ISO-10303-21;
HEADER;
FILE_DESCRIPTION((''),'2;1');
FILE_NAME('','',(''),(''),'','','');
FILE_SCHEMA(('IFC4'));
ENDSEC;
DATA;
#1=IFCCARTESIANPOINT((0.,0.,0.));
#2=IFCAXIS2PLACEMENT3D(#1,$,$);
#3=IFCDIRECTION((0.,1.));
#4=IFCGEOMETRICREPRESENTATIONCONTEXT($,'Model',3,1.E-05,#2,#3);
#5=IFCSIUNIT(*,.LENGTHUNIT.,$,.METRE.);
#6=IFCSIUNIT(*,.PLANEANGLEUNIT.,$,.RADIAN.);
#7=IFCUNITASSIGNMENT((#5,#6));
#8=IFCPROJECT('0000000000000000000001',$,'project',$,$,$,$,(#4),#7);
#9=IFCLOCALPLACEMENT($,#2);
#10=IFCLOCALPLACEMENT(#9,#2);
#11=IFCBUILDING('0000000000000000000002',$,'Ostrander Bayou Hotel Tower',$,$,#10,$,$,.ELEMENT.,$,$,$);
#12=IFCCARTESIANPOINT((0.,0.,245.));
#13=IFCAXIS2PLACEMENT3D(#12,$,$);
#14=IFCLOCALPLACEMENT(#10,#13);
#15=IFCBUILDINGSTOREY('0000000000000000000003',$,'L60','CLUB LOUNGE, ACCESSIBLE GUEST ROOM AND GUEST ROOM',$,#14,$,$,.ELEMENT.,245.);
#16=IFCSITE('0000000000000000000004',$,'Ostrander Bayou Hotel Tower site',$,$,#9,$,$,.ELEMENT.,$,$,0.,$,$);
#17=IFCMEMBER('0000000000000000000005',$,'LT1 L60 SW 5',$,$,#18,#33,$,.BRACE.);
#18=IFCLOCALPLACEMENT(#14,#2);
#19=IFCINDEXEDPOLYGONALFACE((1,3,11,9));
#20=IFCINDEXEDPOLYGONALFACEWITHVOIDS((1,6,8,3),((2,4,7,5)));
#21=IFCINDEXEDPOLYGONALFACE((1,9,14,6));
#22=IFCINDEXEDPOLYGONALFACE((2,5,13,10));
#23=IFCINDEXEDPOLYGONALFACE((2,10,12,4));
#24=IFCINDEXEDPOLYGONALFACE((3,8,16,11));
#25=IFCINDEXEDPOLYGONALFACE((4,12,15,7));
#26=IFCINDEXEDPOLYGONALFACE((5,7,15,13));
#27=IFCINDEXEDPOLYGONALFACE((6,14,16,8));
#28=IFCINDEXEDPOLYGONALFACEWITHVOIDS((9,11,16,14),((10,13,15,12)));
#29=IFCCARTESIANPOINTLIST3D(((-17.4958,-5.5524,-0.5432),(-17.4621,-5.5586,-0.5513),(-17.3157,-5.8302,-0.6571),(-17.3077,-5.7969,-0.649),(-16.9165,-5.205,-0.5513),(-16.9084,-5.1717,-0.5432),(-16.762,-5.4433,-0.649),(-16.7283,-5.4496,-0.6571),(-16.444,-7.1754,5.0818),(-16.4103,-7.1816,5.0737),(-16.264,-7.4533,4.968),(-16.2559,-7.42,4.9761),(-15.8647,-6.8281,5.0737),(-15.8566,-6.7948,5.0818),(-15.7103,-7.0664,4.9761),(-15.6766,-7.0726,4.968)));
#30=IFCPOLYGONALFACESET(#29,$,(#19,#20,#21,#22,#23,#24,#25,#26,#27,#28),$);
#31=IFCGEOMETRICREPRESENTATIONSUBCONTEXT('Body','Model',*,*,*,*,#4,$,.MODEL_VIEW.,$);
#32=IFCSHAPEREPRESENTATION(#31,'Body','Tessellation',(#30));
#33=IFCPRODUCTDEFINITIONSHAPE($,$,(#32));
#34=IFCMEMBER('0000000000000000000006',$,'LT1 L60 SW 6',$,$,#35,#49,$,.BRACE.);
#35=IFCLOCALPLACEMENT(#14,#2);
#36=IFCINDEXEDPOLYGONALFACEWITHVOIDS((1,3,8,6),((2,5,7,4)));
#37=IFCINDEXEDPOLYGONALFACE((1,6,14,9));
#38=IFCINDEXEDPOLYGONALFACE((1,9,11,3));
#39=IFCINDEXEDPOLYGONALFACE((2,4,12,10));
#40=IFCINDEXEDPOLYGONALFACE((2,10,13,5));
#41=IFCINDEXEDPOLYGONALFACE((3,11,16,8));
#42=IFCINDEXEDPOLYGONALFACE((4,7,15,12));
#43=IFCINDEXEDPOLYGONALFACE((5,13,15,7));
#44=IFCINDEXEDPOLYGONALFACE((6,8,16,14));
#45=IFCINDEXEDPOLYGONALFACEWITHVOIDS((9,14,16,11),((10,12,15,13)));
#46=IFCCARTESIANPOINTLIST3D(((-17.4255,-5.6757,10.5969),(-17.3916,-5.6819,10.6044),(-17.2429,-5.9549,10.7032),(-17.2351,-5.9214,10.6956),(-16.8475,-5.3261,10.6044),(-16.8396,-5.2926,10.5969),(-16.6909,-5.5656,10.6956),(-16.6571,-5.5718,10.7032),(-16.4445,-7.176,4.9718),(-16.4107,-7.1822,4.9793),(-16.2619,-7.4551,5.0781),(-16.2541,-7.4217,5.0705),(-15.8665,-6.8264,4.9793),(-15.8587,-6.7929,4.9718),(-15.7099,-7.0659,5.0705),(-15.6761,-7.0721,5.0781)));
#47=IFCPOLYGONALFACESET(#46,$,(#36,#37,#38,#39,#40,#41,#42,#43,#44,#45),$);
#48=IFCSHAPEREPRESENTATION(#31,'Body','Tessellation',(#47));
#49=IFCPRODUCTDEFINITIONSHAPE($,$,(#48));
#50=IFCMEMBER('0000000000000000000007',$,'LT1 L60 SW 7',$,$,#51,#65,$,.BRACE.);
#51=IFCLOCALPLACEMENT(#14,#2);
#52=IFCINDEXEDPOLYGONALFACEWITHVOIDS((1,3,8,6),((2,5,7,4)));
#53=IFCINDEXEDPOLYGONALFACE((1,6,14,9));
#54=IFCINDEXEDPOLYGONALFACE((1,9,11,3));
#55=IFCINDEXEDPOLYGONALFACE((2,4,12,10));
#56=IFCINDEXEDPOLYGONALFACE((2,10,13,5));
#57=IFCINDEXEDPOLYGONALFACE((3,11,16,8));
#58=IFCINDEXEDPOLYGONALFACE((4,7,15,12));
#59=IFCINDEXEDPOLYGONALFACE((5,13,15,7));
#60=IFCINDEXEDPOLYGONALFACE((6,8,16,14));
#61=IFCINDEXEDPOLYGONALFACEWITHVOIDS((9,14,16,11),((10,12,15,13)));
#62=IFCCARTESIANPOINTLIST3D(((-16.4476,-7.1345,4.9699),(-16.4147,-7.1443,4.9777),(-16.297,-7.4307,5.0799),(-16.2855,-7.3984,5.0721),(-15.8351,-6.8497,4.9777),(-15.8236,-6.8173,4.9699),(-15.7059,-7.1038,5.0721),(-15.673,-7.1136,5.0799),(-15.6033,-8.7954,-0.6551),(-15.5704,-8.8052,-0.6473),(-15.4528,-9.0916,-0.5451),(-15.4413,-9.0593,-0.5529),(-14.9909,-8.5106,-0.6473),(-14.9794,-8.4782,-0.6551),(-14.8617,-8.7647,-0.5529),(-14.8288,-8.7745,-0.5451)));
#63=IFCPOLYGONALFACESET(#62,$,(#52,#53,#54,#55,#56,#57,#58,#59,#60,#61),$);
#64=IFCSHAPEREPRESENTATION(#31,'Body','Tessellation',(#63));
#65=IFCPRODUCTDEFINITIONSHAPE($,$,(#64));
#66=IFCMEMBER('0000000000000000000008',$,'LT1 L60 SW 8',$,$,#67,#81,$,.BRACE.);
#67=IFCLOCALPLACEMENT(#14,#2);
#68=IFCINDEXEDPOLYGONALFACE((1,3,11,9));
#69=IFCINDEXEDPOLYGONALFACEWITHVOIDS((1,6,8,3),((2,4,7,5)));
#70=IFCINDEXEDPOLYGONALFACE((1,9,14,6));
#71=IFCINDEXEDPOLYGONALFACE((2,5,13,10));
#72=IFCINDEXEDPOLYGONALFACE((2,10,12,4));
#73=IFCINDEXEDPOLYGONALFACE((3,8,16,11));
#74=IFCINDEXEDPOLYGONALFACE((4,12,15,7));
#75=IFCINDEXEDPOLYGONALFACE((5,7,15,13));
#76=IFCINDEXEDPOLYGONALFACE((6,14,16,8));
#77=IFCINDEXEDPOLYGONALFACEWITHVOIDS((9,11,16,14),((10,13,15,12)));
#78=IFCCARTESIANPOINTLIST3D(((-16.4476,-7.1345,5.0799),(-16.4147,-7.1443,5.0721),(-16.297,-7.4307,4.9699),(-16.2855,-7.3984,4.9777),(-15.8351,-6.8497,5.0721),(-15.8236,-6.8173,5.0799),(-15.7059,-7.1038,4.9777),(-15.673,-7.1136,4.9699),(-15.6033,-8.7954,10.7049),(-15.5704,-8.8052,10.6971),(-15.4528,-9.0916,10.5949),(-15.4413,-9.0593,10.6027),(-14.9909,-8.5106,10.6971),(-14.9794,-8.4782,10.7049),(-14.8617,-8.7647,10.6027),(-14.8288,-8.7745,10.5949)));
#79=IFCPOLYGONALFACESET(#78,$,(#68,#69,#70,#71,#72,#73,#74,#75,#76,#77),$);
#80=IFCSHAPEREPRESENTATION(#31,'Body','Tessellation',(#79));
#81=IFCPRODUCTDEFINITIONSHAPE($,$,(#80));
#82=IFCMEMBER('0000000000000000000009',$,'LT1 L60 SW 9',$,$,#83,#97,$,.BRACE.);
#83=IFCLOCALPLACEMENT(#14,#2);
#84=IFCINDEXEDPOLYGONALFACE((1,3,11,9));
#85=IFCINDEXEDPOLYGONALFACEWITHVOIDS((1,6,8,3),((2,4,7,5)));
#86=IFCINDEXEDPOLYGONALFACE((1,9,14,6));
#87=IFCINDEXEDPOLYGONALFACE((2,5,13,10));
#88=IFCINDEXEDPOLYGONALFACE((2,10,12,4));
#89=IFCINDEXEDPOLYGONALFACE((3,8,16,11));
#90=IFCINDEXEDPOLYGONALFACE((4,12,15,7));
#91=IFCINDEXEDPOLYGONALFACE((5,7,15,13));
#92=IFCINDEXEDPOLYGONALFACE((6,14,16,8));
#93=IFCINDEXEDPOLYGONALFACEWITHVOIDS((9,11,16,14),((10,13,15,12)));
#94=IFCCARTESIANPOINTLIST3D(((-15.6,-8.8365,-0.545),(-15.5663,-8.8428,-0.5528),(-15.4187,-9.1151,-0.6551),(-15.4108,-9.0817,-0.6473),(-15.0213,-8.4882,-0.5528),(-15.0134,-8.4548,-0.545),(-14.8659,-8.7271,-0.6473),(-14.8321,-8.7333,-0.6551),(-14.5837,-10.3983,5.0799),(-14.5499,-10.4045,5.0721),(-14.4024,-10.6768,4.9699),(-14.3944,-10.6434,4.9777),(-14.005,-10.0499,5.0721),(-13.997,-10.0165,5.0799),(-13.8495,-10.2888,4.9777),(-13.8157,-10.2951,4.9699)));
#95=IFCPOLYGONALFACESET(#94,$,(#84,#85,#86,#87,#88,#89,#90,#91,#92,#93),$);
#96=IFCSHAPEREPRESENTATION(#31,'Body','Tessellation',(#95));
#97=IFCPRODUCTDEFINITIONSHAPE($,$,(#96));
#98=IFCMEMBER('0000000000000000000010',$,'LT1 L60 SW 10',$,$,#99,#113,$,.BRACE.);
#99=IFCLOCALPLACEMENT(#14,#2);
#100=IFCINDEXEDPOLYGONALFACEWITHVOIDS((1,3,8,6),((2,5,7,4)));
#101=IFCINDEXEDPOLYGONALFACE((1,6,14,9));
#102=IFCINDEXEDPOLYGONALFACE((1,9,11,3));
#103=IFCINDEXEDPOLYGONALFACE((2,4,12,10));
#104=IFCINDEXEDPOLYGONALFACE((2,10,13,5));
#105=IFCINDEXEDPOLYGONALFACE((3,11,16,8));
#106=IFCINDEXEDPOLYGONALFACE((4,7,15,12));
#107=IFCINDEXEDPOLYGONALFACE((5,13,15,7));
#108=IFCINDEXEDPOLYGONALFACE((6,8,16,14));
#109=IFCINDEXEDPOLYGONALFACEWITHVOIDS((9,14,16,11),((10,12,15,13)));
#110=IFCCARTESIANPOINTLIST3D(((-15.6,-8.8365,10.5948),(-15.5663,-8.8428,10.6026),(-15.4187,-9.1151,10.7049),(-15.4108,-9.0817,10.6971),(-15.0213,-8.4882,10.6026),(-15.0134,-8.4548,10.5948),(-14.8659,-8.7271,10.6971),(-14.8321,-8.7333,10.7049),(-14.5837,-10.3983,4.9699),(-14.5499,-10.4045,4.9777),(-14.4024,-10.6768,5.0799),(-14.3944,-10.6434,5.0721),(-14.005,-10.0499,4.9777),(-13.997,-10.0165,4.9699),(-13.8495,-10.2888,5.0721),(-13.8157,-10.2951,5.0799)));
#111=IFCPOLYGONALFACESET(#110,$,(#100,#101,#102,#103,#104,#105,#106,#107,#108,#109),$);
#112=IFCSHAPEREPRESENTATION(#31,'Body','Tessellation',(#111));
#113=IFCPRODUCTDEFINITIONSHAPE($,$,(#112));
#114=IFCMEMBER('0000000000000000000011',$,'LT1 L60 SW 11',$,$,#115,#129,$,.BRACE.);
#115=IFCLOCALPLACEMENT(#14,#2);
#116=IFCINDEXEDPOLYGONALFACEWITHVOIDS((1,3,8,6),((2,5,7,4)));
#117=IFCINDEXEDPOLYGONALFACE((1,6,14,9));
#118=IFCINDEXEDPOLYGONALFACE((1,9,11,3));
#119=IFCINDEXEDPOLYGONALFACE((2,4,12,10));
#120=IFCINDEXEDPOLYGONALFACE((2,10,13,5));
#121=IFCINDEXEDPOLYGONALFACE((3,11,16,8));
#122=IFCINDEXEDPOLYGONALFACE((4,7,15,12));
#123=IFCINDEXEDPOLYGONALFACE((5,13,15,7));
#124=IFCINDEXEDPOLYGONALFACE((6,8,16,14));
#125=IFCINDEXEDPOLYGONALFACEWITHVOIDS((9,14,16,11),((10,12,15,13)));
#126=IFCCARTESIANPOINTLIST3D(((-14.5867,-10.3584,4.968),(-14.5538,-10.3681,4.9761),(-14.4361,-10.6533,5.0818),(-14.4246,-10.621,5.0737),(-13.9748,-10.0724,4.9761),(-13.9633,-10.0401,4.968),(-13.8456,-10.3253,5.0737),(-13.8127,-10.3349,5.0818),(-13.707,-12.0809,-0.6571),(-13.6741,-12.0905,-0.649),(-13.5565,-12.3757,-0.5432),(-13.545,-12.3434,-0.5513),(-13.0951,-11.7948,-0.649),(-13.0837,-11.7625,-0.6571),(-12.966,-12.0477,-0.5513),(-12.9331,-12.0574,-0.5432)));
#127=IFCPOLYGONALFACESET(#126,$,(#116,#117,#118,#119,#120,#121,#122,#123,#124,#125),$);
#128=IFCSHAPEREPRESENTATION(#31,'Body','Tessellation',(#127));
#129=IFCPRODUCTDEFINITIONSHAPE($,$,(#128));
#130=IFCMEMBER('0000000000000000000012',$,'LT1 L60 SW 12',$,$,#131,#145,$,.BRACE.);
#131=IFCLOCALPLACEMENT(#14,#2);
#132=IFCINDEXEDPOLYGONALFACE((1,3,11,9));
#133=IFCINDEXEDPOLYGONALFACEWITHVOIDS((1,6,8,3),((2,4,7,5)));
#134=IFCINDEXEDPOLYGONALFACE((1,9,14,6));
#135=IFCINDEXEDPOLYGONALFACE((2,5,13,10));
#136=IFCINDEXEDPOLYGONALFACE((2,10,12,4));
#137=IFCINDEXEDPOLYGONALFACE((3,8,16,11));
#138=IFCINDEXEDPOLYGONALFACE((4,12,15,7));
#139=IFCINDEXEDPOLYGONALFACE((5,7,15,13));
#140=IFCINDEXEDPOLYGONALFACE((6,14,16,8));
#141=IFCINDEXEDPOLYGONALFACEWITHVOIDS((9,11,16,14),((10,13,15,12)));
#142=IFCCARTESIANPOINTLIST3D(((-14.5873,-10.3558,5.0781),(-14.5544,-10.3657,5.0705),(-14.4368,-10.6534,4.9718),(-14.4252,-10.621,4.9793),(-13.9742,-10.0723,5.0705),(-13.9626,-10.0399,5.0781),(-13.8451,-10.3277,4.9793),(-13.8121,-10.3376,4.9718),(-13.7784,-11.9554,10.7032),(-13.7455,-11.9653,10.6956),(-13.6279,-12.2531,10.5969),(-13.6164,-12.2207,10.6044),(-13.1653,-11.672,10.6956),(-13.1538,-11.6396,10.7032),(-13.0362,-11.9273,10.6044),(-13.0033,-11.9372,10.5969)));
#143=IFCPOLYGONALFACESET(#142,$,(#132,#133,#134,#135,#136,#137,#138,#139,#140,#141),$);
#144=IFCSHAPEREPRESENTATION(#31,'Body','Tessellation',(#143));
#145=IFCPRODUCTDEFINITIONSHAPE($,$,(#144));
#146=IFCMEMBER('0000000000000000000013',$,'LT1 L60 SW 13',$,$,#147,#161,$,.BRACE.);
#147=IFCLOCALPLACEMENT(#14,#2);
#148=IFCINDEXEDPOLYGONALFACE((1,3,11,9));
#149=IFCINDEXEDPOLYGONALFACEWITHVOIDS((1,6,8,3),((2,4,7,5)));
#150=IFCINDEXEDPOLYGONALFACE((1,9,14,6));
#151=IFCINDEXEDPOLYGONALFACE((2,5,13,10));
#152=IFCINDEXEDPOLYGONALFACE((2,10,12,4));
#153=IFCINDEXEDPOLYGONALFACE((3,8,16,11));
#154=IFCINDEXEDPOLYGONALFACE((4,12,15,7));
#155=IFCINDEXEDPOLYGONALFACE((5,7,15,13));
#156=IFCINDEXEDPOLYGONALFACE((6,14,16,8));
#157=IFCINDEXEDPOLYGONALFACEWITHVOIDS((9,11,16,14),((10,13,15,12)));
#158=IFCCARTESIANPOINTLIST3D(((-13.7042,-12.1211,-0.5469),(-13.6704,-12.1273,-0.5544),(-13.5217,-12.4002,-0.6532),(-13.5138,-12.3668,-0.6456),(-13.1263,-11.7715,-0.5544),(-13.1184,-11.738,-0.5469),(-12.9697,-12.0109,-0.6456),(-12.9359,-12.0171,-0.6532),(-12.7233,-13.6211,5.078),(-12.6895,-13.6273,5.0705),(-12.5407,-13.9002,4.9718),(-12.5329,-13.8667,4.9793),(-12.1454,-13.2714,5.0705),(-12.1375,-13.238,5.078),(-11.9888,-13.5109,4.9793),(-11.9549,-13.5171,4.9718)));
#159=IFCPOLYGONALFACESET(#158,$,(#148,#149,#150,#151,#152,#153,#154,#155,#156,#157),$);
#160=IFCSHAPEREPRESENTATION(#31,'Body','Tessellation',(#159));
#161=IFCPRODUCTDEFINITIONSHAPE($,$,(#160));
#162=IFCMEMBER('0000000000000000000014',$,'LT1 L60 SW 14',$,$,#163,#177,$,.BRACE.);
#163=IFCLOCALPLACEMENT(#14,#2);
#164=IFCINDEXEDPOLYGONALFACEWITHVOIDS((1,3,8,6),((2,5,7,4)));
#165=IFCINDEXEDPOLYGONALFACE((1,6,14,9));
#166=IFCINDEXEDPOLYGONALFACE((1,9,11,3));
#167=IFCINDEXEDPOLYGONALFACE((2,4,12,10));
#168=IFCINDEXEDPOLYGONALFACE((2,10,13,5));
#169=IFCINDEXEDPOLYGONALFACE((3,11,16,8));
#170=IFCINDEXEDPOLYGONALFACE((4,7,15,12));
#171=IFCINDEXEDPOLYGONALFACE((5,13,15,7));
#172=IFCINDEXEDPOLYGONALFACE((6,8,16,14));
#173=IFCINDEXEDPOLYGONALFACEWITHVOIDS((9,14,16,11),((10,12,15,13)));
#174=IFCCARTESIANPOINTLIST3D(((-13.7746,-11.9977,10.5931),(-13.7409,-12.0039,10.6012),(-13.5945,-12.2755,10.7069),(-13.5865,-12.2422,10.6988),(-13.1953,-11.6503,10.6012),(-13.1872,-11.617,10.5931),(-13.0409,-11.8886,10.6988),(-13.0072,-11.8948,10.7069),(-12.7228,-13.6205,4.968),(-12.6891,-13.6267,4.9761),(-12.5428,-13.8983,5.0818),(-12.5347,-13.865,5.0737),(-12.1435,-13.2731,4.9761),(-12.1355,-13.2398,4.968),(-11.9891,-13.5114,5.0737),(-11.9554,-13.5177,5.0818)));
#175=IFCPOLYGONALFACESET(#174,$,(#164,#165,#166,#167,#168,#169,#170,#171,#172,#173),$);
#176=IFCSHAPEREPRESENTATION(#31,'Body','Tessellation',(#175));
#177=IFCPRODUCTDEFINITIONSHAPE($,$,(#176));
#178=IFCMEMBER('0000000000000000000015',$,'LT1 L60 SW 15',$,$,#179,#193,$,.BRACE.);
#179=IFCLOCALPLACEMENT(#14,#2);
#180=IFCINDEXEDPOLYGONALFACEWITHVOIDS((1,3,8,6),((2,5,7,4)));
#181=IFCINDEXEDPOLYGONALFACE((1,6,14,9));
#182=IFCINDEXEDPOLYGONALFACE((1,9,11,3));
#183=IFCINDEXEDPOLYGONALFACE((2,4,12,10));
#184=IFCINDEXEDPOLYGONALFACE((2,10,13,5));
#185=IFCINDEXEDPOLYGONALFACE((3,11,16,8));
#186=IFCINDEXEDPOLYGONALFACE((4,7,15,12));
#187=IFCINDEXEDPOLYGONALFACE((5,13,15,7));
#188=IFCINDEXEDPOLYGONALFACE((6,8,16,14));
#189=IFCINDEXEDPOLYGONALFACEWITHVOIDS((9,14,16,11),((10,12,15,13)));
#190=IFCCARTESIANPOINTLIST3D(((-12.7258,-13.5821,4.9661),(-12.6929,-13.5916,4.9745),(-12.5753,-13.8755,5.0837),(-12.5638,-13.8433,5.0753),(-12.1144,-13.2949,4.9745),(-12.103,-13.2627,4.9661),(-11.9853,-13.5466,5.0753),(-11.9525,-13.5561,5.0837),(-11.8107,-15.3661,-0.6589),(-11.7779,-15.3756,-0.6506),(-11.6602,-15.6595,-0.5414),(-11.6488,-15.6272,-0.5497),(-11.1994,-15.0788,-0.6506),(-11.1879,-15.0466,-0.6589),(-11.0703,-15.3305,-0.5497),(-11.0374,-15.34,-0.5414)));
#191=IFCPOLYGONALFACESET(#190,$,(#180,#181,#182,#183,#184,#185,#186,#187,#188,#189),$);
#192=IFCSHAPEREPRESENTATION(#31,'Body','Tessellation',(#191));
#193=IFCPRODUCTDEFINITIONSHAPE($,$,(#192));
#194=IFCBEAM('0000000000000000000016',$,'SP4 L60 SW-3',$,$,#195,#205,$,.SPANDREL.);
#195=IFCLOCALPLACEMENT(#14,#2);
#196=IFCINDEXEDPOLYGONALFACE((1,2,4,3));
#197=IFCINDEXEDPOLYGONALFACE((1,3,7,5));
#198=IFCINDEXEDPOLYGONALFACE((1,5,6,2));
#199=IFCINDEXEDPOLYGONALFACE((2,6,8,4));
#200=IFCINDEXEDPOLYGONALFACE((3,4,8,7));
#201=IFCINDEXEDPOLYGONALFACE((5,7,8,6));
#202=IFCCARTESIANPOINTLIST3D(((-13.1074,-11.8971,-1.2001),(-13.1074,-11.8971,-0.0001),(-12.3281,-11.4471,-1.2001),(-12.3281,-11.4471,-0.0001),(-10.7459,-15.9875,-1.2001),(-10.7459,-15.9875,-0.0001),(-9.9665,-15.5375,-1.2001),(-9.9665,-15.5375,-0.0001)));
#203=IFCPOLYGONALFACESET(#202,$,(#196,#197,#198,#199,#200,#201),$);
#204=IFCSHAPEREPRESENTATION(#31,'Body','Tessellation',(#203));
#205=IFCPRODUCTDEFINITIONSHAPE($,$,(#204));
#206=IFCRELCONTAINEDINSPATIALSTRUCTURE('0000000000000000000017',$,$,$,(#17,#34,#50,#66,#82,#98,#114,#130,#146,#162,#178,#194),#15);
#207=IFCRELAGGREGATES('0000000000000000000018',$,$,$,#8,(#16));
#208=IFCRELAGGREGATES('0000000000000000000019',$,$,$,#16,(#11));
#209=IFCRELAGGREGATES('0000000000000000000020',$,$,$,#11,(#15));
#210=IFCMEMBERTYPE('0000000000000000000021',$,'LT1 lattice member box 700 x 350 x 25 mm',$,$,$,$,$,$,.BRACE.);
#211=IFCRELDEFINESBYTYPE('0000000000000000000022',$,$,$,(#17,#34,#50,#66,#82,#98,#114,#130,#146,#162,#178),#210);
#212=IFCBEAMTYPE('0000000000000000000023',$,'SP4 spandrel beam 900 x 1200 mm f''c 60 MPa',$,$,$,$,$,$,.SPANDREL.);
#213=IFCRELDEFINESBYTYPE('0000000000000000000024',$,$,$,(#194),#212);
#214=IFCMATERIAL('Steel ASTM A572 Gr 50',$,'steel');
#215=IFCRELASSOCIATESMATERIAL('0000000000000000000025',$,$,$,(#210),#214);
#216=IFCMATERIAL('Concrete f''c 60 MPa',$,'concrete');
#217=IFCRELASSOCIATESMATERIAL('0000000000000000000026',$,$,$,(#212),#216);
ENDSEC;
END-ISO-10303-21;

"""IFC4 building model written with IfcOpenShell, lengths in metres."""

from ifc_helpers import new_model, si_unit, direction, frame, origin, origin_2d, place, context, subcontext, project, spatial, rectangle, hollow_rectangle, extrude, material, material_profile, profile_set, type_object, element, save


model = new_model("IFC4")

# Units and contexts
model_context = context("Model", 3, precision=1e-05, world=origin(), true_north=direction((0.0, 1.0)))
body_context = subcontext(model_context, "Body", "Model", "MODEL_VIEW")
ifc_project = project(units=[si_unit("LENGTHUNIT", "METRE"), si_unit("PLANEANGLEUNIT", "RADIAN")], contexts=[model_context])

# Site, building, storey
site_placement = place(None, origin())
site = spatial("IfcSite", under=ifc_project, at=site_placement, Name="Ostrander Bayou Hotel Tower site", CompositionType="ELEMENT", RefElevation=0.0)
building_placement = place(site_placement, origin())
building = spatial("IfcBuilding", under=site, at=building_placement, Name="Ostrander Bayou Hotel Tower", CompositionType="ELEMENT")
storey_placement = place(building_placement, frame((0.0, 0.0, 245.0)))
storey = spatial("IfcBuildingStorey", under=building, at=storey_placement, Name="L60", Description="CLUB LOUNGE, ACCESSIBLE GUEST ROOM AND GUEST ROOM", CompositionType="ELEMENT", Elevation=245.0)

# Members
ifc_material_1 = material(Name="Steel ASTM A572 Gr 50", Category="steel")
ifc_material_profile_1 = material_profile(ifc_material_1, hollow_rectangle(XDim=0.7, YDim=0.3501, WallThickness=0.0249, at=origin_2d()))
ifc_profile_set_1 = profile_set([ifc_material_profile_1], Name="Steel ASTM A572 Gr 50")
member_type_1 = type_object("IfcMemberType", Name="LT1 lattice member box 700 x 350 x 25 mm", PredefinedType="BRACE", material=ifc_profile_set_1)
member_1_placement = place(storey_placement, frame((-16.0603, -7.124, 5.0249), z_axis=(-0.176819, 0.272863, -0.945664), x_axis=(-0.839204, -0.543816, 0.0)))
element("IfcMember", 1, at=member_1_placement, inside=storey, type_object=member_type_1, Name="LT1 L60 SW 5", PredefinedType="BRACE", context=body_context, shape_type="SweptSolid", body=[
    extrude(hollow_rectangle(XDim=0.7, YDim=0.3501, WallThickness=0.0249, at=origin_2d()), origin(), (0.0, 0.0, 1.0), 5.9482),
])
member_2_placement = place(storey_placement, frame((-16.0603, -7.124, 5.0249), z_axis=(-0.16616, 0.254119, 0.952793), x_axis=(-0.836962, -0.54726, 0.0)))
element("IfcMember", 2, at=member_2_placement, inside=storey, type_object=member_type_1, Name="LT1 L60 SW 6", PredefinedType="BRACE", context=body_context, shape_type="SweptSolid", body=[
    extrude(hollow_rectangle(XDim=0.7, YDim=0.3501, WallThickness=0.0249, at=origin_2d()), origin(), (0.0, 0.0, 1.0), 5.9038),
])
for number, where, z_axis, x_axis, name in (
    (3, (-16.0603, -7.124, 5.0249), (0.142475, -0.280294, -0.949282), (0.891446, 0.453127, 0.0), "LT1 L60 SW 7"),
    (4, (-16.0603, -7.124, 5.0249), (0.142475, -0.280294, 0.949282), (0.891446, 0.453127, 0.0), "LT1 L60 SW 8"),
    (5, (-14.1997, -10.3467, 5.0249), (-0.17152, 0.263563, -0.949271), (-0.838147, -0.545444, 0.0), "LT1 L60 SW 9"),
    (6, (-14.1997, -10.3467, 5.0249), (-0.17152, 0.263563, 0.949271), (-0.838147, -0.545444, 0.0), "LT1 L60 SW 10"),
):
    element("IfcMember", number, at=place(storey_placement, frame(where, z_axis=z_axis, x_axis=x_axis)), inside=storey, type_object=member_type_1, Name=name, PredefinedType="BRACE", context=body_context, shape_type="SweptSolid", body=[
        extrude(hollow_rectangle(XDim=0.7, YDim=0.3501, WallThickness=0.0249, at=origin_2d()), origin(), (0.0, 0.0, 1.0), 5.9255),
    ])
member_3_placement = place(storey_placement, frame((-14.1997, -10.3467, 5.0249), z_axis=(0.147883, -0.289569, -0.945664), x_axis=(0.890582, 0.454822, 0.0)))
element("IfcMember", 7, at=member_3_placement, inside=storey, type_object=member_type_1, Name="LT1 L60 SW 11", PredefinedType="BRACE", context=body_context, shape_type="SweptSolid", body=[
    extrude(hollow_rectangle(XDim=0.7, YDim=0.3501, WallThickness=0.0249, at=origin_2d()), origin(), (0.0, 0.0, 1.0), 5.9482),
])
member_4_placement = place(storey_placement, frame((-14.1997, -10.3467, 5.0249), z_axis=(0.137005, -0.270951, 0.952793), x_axis=(0.892402, 0.451241, 0.0)))
element("IfcMember", 8, at=member_4_placement, inside=storey, type_object=member_type_1, Name="LT1 L60 SW 12", PredefinedType="BRACE", context=body_context, shape_type="SweptSolid", body=[
    extrude(hollow_rectangle(XDim=0.7, YDim=0.3501, WallThickness=0.0249, at=origin_2d()), origin(), (0.0, 0.0, 1.0), 5.9038),
])
member_5_placement = place(storey_placement, frame((-12.3391, -13.5691, 5.0249), z_axis=(-0.166162, 0.254081, -0.952803), x_axis=(-0.836922, -0.547323, 0.0)))
element("IfcMember", 9, at=member_5_placement, inside=storey, type_object=member_type_1, Name="LT1 L60 SW 13", PredefinedType="BRACE", context=body_context, shape_type="SweptSolid", body=[
    extrude(hollow_rectangle(XDim=0.7, YDim=0.3501, WallThickness=0.0249, at=origin_2d()), origin(), (0.0, 0.0, 1.0), 5.9036),
])
member_6_placement = place(storey_placement, frame((-12.3391, -13.5691, 5.0249), z_axis=(-0.176821, 0.272825, 0.945675), x_axis=(-0.839167, -0.543874, 0.0)))
element("IfcMember", 10, at=member_6_placement, inside=storey, type_object=member_type_1, Name="LT1 L60 SW 14", PredefinedType="BRACE", context=body_context, shape_type="SweptSolid", body=[
    extrude(hollow_rectangle(XDim=0.7, YDim=0.3501, WallThickness=0.0249, at=origin_2d()), origin(), (0.0, 0.0, 1.0), 5.9482),
])
member_7_placement = place(storey_placement, frame((-12.3391, -13.5691, 5.0249), z_axis=(0.153231, -0.298735, -0.941954), x_axis=(0.889777, 0.456396, 0.0)))
element("IfcMember", 11, at=member_7_placement, inside=storey, type_object=member_type_1, Name="LT1 L60 SW 15", PredefinedType="BRACE", context=body_context, shape_type="SweptSolid", body=[
    extrude(hollow_rectangle(XDim=0.7, YDim=0.3501, WallThickness=0.0249, at=origin_2d()), origin(), (0.0, 0.0, 1.0), 5.9717),
])

# Beam
ifc_material_2 = material(Name="Concrete f'c 60 MPa", Category="concrete")
ifc_material_profile_2 = material_profile(ifc_material_2, rectangle(XDim=0.8999, YDim=1.2, at=origin_2d()))
ifc_profile_set_2 = profile_set([ifc_material_profile_2], Name="Concrete f'c 60 MPa")
beam_type_1 = type_object("IfcBeamType", Name="SP4 spandrel beam 900 x 1200 mm f'c 60 MPa", PredefinedType="SPANDREL", material=ifc_profile_set_2)
beam_1_placement = place(storey_placement, frame((-12.7178, -11.6721, -0.6001), z_axis=(0.500003, -0.866024, 0.0), x_axis=(0.866024, 0.500003, 0.0)))
element("IfcBeam", 12, at=beam_1_placement, inside=storey, type_object=beam_type_1, Name="SP4 L60 SW-3", PredefinedType="SPANDREL", context=body_context, shape_type="SweptSolid", body=[
    extrude(rectangle(XDim=0.8999, YDim=1.2, at=origin_2d()), origin(), (0.0, 0.0, 1.0), 4.7231),
])

save(model, "model.ifc")
